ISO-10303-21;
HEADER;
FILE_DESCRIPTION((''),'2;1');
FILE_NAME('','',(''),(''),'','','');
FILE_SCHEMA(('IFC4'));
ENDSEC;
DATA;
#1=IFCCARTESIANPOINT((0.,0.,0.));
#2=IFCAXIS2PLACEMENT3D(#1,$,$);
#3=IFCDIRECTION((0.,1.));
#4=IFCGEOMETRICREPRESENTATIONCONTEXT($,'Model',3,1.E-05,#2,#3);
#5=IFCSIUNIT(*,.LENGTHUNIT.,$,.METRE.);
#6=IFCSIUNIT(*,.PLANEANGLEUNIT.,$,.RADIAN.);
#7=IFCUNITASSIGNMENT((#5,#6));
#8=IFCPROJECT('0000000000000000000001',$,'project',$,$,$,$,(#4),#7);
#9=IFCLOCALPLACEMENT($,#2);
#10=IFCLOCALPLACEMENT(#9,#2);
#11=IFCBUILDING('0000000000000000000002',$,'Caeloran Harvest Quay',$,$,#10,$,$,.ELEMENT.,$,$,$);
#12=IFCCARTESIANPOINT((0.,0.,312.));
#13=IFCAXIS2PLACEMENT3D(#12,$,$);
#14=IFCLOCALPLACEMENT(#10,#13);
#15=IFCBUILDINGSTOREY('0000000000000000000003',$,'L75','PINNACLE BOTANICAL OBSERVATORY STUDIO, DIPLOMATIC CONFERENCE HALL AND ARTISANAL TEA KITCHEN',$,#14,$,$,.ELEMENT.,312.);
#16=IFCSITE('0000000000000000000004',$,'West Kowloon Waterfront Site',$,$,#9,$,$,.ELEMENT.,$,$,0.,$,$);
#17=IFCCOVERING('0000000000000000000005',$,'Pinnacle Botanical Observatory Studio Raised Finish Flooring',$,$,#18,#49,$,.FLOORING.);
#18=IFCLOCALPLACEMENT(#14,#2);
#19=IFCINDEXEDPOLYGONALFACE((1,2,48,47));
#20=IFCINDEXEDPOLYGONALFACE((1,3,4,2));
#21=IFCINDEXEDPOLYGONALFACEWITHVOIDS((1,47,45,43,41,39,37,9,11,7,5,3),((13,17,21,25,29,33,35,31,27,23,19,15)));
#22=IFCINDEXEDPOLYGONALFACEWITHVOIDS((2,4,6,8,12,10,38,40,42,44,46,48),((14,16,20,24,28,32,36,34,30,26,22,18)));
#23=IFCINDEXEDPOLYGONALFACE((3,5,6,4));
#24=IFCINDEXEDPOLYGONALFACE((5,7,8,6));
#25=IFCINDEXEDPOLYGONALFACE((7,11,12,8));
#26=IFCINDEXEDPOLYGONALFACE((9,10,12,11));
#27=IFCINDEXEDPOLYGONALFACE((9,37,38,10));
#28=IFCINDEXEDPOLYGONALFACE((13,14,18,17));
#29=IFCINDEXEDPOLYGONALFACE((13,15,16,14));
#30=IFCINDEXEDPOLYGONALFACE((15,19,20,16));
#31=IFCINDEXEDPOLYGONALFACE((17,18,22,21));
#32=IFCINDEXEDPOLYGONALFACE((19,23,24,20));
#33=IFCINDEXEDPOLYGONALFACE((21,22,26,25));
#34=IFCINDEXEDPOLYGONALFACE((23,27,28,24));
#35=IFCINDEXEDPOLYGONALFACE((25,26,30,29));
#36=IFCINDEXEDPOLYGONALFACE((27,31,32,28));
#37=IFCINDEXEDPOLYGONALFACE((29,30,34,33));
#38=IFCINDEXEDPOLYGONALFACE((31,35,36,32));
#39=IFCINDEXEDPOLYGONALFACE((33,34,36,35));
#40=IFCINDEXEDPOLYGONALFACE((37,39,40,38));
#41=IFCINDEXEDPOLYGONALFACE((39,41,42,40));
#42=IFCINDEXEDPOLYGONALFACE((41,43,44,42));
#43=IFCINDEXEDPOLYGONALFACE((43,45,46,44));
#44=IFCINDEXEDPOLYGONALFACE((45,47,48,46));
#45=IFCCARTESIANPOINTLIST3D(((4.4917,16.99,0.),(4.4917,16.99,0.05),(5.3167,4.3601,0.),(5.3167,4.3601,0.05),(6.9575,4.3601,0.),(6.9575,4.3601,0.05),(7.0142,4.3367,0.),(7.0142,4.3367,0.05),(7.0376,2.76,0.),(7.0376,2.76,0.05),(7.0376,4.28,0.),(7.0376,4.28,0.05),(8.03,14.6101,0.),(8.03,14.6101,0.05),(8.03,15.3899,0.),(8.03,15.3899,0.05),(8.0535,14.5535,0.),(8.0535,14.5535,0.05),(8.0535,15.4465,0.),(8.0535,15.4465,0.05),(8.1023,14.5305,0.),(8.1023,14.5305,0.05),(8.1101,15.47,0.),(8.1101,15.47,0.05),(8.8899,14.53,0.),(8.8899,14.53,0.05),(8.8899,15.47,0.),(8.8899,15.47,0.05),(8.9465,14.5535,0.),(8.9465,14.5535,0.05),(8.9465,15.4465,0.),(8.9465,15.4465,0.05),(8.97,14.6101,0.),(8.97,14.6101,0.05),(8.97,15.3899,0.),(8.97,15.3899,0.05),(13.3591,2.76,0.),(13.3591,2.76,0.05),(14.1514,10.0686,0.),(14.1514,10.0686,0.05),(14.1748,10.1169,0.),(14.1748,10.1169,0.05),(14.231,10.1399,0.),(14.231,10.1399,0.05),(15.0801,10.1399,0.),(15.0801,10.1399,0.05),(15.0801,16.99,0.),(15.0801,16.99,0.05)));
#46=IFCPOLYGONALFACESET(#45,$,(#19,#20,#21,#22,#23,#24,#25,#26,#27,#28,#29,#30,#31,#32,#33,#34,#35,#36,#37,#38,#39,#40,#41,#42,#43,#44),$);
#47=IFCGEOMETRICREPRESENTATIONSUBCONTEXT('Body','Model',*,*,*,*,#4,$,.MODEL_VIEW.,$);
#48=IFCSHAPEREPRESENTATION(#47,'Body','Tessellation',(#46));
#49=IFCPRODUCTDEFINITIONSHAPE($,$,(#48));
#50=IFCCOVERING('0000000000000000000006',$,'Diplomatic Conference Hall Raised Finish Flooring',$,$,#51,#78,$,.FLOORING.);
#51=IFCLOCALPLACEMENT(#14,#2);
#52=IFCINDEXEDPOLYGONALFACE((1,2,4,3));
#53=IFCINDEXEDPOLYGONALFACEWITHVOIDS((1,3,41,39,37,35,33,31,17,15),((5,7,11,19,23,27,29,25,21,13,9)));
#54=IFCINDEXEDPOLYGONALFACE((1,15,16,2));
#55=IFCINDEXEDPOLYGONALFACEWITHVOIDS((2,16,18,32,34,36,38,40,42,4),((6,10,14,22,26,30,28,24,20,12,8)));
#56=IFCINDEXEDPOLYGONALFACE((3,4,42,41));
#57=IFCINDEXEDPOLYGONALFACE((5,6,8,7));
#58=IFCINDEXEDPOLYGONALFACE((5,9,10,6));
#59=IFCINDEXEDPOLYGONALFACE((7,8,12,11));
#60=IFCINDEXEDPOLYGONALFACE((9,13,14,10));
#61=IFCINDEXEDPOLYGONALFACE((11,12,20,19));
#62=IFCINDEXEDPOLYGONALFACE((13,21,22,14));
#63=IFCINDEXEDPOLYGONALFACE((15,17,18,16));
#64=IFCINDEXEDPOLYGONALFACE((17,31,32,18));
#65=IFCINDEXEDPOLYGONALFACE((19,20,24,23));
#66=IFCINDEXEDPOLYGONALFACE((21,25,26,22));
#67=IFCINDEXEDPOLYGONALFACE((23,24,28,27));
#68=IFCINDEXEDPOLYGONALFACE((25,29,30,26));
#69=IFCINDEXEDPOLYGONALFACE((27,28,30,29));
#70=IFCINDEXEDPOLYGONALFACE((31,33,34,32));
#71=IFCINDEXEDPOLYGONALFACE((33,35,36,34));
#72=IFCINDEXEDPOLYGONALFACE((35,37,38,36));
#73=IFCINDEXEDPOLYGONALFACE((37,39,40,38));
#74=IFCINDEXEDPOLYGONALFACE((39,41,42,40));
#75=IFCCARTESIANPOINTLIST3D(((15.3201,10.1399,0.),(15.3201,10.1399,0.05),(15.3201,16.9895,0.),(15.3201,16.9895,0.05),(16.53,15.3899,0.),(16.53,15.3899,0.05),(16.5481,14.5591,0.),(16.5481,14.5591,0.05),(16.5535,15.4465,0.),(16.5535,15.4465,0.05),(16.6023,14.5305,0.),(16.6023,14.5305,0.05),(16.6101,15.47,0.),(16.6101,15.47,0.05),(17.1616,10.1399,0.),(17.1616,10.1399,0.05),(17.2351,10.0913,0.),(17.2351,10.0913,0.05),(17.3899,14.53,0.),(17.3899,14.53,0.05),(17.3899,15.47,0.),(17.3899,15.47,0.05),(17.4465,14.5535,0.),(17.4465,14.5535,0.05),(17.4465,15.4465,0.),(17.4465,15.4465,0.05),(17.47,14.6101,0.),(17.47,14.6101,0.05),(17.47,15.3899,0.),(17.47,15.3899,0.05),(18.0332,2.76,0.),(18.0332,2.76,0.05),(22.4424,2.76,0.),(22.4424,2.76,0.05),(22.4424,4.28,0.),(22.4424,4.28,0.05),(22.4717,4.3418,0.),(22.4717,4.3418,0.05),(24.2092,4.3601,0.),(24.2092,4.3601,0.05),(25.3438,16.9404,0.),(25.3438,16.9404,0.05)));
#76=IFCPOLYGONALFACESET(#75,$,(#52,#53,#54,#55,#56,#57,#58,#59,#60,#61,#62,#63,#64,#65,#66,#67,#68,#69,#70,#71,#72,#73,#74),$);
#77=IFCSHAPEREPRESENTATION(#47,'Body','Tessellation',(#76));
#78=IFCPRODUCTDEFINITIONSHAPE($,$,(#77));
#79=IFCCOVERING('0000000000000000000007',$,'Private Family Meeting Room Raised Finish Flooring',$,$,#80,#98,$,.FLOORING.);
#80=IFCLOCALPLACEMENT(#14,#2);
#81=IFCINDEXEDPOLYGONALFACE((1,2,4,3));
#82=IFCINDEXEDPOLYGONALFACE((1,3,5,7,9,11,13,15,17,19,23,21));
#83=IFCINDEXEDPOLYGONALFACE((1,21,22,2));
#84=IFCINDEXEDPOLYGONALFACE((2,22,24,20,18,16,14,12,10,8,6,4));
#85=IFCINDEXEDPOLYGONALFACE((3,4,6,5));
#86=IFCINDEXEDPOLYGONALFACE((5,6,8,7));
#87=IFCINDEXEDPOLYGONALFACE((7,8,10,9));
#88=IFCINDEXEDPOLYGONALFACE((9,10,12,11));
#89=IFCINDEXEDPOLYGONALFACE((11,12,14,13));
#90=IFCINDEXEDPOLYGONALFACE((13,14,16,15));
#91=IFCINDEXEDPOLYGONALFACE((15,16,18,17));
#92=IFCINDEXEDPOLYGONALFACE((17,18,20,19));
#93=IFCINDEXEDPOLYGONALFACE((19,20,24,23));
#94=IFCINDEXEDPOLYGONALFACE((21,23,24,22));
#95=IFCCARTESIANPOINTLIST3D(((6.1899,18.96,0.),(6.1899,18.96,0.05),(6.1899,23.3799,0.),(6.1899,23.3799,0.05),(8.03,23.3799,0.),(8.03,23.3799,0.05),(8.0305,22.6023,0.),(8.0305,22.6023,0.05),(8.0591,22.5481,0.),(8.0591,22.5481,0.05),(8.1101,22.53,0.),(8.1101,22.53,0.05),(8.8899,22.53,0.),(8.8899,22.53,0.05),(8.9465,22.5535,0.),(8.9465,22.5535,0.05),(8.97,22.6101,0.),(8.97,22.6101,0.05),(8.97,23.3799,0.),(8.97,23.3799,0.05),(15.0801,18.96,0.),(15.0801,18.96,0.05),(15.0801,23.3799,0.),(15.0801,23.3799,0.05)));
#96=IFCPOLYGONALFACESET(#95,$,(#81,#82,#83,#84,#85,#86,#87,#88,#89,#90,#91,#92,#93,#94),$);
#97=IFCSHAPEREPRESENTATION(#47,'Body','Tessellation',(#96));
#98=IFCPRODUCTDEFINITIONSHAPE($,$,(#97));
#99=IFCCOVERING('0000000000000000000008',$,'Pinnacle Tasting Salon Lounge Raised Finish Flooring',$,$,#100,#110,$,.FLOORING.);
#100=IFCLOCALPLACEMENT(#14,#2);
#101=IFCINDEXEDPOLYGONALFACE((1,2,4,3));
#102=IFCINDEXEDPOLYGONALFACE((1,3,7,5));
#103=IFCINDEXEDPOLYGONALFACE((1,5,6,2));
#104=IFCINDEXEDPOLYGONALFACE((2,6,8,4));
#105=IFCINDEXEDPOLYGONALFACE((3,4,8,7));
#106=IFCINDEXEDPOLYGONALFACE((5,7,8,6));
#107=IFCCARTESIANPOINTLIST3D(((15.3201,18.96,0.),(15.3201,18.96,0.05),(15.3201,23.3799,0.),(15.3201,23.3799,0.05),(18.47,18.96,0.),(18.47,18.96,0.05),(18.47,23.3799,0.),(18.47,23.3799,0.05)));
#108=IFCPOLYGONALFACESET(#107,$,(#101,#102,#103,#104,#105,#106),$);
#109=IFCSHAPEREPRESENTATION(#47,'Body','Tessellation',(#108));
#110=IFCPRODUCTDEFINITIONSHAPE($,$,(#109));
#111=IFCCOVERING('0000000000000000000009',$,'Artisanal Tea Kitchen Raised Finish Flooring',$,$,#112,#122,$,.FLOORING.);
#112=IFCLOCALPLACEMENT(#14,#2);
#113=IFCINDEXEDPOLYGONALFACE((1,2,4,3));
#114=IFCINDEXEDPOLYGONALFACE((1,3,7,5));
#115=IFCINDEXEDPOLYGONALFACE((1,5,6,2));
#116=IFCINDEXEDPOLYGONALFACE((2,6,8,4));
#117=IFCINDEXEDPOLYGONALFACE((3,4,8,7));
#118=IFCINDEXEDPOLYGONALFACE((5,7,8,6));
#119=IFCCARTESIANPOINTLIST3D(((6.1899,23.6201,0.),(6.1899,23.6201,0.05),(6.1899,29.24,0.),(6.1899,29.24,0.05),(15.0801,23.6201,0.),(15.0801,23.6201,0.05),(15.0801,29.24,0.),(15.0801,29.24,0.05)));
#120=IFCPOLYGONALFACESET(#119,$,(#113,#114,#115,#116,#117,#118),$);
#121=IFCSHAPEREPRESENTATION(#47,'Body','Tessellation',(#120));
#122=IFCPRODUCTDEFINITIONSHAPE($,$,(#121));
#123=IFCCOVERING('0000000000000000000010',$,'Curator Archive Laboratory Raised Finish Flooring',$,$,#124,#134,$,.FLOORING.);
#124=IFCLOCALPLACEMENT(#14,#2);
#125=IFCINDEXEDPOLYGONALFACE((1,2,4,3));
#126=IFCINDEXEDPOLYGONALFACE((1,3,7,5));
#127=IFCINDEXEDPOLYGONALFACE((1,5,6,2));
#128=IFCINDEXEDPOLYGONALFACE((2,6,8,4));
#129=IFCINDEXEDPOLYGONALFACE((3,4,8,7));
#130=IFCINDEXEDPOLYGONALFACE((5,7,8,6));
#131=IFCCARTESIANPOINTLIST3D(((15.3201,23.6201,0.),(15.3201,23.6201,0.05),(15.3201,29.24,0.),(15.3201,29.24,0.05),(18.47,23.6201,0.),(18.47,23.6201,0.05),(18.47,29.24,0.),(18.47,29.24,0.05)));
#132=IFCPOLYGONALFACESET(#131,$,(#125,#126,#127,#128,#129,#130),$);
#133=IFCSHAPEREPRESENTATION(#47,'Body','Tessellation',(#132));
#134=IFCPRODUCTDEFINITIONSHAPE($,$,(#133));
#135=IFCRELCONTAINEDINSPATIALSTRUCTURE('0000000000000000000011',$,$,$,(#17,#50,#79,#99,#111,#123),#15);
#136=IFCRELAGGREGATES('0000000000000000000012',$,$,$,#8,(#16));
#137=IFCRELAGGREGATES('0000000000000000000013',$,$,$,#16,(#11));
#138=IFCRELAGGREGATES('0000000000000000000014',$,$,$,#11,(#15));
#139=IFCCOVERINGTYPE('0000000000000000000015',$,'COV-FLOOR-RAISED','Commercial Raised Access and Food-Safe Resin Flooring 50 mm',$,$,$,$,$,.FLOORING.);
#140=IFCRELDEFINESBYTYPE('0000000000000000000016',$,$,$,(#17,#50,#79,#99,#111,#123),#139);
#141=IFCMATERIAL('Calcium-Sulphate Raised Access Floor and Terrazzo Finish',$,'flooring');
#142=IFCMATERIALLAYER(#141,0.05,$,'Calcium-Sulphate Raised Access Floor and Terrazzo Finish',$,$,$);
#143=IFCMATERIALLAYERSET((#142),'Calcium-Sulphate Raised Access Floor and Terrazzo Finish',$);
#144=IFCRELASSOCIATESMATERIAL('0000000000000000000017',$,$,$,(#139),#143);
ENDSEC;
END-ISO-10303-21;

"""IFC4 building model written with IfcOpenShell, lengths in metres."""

from ifc_helpers import new_model, si_unit, direction, frame, origin, place, context, subcontext, project, spatial, polyline, outline, extrude, material, layer, layer_set, type_object, element, save


model = new_model("IFC4")

# Units and contexts
model_context = context("Model", 3, precision=1e-05, world=origin(), true_north=direction((0.0, 1.0)))
body_context = subcontext(model_context, "Body", "Model", "MODEL_VIEW")
ifc_project = project(units=[si_unit("LENGTHUNIT", "METRE"), si_unit("PLANEANGLEUNIT", "RADIAN")], contexts=[model_context])

# Site, building, storey
site_placement = place(None, origin())
site = spatial("IfcSite", under=ifc_project, at=site_placement, Name="West Kowloon Waterfront Site", CompositionType="ELEMENT", RefElevation=0.0)
building_placement = place(site_placement, origin())
building = spatial("IfcBuilding", under=site, at=building_placement, Name="Caeloran Harvest Quay", CompositionType="ELEMENT")
storey_placement = place(building_placement, frame((0.0, 0.0, 312.0)))
storey = spatial("IfcBuildingStorey", under=building, at=storey_placement, Name="L75", Description="PINNACLE BOTANICAL OBSERVATORY STUDIO, DIPLOMATIC CONFERENCE HALL AND ARTISANAL TEA KITCHEN", CompositionType="ELEMENT", Elevation=312.0)

# Coverings
ifc_material_1 = material(Name="Calcium-Sulphate Raised Access Floor and Terrazzo Finish", Category="flooring")
ifc_layer_1 = layer(ifc_material_1, 0.05, Name="Calcium-Sulphate Raised Access Floor and Terrazzo Finish")
ifc_layer_set_1 = layer_set([ifc_layer_1], Name="Calcium-Sulphate Raised Access Floor and Terrazzo Finish")
covering_type_1 = type_object("IfcCoveringType", Name="COV-FLOOR-RAISED", Description="Commercial Raised Access and Food-Safe Resin Flooring 50 mm", PredefinedType="FLOORING", material=ifc_layer_set_1)
covering_1_placement = place(storey_placement, origin())
element("IfcCovering", 1, at=covering_1_placement, inside=storey, type_object=covering_type_1, Name="Pinnacle Botanical Observatory Studio Raised Finish Flooring", PredefinedType="FLOORING", context=body_context, shape_type="SweptSolid", body=[
    extrude(outline(polyline([(14.231, 10.1399), (14.1748, 10.1169), (14.1514, 10.0686), (13.3591, 2.76), (7.0376, 2.76), (7.0376, 4.28), (7.0142, 4.3367), (6.9575, 4.3601), (5.3167, 4.3601), (4.4917, 16.99), (15.0801, 16.99), (15.0801, 10.1399), (14.231, 10.1399)]), holes=[polyline([(8.03, 14.6101), (8.0535, 14.5535), (8.1023, 14.5305), (8.8899, 14.53), (8.9465, 14.5535), (8.97, 14.6101), (8.97, 15.3899), (8.9465, 15.4465), (8.8899, 15.47), (8.1101, 15.47), (8.0535, 15.4465), (8.03, 15.3899), (8.03, 14.6101)])]), origin(), (0.0, 0.0, 1.0), 0.05),
])
covering_2_placement = place(storey_placement, origin())
element("IfcCovering", 2, at=covering_2_placement, inside=storey, type_object=covering_type_1, Name="Diplomatic Conference Hall Raised Finish Flooring", PredefinedType="FLOORING", context=body_context, shape_type="SweptSolid", body=[
    extrude(outline(polyline([(24.2092, 4.3601), (22.4717, 4.3418), (22.4424, 4.28), (22.4424, 2.76), (18.0332, 2.76), (17.2351, 10.0913), (17.1616, 10.1399), (15.3201, 10.1399), (15.3201, 16.9895), (25.3438, 16.9404), (24.2092, 4.3601)]), holes=[polyline([(16.53, 15.3899), (16.5481, 14.5591), (16.6023, 14.5305), (17.3899, 14.53), (17.4465, 14.5535), (17.47, 14.6101), (17.47, 15.3899), (17.4465, 15.4465), (17.3899, 15.47), (16.6101, 15.47), (16.5535, 15.4465), (16.53, 15.3899)])]), origin(), (0.0, 0.0, 1.0), 0.05),
])
covering_3_placement = place(storey_placement, origin())
element("IfcCovering", 3, at=covering_3_placement, inside=storey, type_object=covering_type_1, Name="Private Family Meeting Room Raised Finish Flooring", PredefinedType="FLOORING", context=body_context, shape_type="SweptSolid", body=[
    extrude(outline(polyline([(6.1899, 18.96), (6.1899, 23.3799), (8.03, 23.3799), (8.0305, 22.6023), (8.0591, 22.5481), (8.1101, 22.53), (8.8899, 22.53), (8.9465, 22.5535), (8.97, 22.6101), (8.97, 23.3799), (15.0801, 23.3799), (15.0801, 18.96), (6.1899, 18.96)])), origin(), (0.0, 0.0, 1.0), 0.05),
])
covering_4_placement = place(storey_placement, origin())
element("IfcCovering", 4, at=covering_4_placement, inside=storey, type_object=covering_type_1, Name="Pinnacle Tasting Salon Lounge Raised Finish Flooring", PredefinedType="FLOORING", context=body_context, shape_type="SweptSolid", body=[
    extrude(outline(polyline([(18.47, 23.3799), (18.47, 18.96), (15.3201, 18.96), (15.3201, 23.3799), (18.47, 23.3799)])), origin(), (0.0, 0.0, 1.0), 0.05),
])
covering_5_placement = place(storey_placement, origin())
element("IfcCovering", 5, at=covering_5_placement, inside=storey, type_object=covering_type_1, Name="Artisanal Tea Kitchen Raised Finish Flooring", PredefinedType="FLOORING", context=body_context, shape_type="SweptSolid", body=[
    extrude(outline(polyline([(6.1899, 23.6201), (6.1899, 29.24), (15.0801, 29.24), (15.0801, 23.6201), (6.1899, 23.6201)])), origin(), (0.0, 0.0, 1.0), 0.05),
])
covering_6_placement = place(storey_placement, origin())
element("IfcCovering", 6, at=covering_6_placement, inside=storey, type_object=covering_type_1, Name="Curator Archive Laboratory Raised Finish Flooring", PredefinedType="FLOORING", context=body_context, shape_type="SweptSolid", body=[
    extrude(outline(polyline([(15.3201, 29.24), (18.47, 29.24), (18.47, 23.6201), (15.3201, 23.6201), (15.3201, 29.24)])), origin(), (0.0, 0.0, 1.0), 0.05),
])

save(model, "model.ifc")
